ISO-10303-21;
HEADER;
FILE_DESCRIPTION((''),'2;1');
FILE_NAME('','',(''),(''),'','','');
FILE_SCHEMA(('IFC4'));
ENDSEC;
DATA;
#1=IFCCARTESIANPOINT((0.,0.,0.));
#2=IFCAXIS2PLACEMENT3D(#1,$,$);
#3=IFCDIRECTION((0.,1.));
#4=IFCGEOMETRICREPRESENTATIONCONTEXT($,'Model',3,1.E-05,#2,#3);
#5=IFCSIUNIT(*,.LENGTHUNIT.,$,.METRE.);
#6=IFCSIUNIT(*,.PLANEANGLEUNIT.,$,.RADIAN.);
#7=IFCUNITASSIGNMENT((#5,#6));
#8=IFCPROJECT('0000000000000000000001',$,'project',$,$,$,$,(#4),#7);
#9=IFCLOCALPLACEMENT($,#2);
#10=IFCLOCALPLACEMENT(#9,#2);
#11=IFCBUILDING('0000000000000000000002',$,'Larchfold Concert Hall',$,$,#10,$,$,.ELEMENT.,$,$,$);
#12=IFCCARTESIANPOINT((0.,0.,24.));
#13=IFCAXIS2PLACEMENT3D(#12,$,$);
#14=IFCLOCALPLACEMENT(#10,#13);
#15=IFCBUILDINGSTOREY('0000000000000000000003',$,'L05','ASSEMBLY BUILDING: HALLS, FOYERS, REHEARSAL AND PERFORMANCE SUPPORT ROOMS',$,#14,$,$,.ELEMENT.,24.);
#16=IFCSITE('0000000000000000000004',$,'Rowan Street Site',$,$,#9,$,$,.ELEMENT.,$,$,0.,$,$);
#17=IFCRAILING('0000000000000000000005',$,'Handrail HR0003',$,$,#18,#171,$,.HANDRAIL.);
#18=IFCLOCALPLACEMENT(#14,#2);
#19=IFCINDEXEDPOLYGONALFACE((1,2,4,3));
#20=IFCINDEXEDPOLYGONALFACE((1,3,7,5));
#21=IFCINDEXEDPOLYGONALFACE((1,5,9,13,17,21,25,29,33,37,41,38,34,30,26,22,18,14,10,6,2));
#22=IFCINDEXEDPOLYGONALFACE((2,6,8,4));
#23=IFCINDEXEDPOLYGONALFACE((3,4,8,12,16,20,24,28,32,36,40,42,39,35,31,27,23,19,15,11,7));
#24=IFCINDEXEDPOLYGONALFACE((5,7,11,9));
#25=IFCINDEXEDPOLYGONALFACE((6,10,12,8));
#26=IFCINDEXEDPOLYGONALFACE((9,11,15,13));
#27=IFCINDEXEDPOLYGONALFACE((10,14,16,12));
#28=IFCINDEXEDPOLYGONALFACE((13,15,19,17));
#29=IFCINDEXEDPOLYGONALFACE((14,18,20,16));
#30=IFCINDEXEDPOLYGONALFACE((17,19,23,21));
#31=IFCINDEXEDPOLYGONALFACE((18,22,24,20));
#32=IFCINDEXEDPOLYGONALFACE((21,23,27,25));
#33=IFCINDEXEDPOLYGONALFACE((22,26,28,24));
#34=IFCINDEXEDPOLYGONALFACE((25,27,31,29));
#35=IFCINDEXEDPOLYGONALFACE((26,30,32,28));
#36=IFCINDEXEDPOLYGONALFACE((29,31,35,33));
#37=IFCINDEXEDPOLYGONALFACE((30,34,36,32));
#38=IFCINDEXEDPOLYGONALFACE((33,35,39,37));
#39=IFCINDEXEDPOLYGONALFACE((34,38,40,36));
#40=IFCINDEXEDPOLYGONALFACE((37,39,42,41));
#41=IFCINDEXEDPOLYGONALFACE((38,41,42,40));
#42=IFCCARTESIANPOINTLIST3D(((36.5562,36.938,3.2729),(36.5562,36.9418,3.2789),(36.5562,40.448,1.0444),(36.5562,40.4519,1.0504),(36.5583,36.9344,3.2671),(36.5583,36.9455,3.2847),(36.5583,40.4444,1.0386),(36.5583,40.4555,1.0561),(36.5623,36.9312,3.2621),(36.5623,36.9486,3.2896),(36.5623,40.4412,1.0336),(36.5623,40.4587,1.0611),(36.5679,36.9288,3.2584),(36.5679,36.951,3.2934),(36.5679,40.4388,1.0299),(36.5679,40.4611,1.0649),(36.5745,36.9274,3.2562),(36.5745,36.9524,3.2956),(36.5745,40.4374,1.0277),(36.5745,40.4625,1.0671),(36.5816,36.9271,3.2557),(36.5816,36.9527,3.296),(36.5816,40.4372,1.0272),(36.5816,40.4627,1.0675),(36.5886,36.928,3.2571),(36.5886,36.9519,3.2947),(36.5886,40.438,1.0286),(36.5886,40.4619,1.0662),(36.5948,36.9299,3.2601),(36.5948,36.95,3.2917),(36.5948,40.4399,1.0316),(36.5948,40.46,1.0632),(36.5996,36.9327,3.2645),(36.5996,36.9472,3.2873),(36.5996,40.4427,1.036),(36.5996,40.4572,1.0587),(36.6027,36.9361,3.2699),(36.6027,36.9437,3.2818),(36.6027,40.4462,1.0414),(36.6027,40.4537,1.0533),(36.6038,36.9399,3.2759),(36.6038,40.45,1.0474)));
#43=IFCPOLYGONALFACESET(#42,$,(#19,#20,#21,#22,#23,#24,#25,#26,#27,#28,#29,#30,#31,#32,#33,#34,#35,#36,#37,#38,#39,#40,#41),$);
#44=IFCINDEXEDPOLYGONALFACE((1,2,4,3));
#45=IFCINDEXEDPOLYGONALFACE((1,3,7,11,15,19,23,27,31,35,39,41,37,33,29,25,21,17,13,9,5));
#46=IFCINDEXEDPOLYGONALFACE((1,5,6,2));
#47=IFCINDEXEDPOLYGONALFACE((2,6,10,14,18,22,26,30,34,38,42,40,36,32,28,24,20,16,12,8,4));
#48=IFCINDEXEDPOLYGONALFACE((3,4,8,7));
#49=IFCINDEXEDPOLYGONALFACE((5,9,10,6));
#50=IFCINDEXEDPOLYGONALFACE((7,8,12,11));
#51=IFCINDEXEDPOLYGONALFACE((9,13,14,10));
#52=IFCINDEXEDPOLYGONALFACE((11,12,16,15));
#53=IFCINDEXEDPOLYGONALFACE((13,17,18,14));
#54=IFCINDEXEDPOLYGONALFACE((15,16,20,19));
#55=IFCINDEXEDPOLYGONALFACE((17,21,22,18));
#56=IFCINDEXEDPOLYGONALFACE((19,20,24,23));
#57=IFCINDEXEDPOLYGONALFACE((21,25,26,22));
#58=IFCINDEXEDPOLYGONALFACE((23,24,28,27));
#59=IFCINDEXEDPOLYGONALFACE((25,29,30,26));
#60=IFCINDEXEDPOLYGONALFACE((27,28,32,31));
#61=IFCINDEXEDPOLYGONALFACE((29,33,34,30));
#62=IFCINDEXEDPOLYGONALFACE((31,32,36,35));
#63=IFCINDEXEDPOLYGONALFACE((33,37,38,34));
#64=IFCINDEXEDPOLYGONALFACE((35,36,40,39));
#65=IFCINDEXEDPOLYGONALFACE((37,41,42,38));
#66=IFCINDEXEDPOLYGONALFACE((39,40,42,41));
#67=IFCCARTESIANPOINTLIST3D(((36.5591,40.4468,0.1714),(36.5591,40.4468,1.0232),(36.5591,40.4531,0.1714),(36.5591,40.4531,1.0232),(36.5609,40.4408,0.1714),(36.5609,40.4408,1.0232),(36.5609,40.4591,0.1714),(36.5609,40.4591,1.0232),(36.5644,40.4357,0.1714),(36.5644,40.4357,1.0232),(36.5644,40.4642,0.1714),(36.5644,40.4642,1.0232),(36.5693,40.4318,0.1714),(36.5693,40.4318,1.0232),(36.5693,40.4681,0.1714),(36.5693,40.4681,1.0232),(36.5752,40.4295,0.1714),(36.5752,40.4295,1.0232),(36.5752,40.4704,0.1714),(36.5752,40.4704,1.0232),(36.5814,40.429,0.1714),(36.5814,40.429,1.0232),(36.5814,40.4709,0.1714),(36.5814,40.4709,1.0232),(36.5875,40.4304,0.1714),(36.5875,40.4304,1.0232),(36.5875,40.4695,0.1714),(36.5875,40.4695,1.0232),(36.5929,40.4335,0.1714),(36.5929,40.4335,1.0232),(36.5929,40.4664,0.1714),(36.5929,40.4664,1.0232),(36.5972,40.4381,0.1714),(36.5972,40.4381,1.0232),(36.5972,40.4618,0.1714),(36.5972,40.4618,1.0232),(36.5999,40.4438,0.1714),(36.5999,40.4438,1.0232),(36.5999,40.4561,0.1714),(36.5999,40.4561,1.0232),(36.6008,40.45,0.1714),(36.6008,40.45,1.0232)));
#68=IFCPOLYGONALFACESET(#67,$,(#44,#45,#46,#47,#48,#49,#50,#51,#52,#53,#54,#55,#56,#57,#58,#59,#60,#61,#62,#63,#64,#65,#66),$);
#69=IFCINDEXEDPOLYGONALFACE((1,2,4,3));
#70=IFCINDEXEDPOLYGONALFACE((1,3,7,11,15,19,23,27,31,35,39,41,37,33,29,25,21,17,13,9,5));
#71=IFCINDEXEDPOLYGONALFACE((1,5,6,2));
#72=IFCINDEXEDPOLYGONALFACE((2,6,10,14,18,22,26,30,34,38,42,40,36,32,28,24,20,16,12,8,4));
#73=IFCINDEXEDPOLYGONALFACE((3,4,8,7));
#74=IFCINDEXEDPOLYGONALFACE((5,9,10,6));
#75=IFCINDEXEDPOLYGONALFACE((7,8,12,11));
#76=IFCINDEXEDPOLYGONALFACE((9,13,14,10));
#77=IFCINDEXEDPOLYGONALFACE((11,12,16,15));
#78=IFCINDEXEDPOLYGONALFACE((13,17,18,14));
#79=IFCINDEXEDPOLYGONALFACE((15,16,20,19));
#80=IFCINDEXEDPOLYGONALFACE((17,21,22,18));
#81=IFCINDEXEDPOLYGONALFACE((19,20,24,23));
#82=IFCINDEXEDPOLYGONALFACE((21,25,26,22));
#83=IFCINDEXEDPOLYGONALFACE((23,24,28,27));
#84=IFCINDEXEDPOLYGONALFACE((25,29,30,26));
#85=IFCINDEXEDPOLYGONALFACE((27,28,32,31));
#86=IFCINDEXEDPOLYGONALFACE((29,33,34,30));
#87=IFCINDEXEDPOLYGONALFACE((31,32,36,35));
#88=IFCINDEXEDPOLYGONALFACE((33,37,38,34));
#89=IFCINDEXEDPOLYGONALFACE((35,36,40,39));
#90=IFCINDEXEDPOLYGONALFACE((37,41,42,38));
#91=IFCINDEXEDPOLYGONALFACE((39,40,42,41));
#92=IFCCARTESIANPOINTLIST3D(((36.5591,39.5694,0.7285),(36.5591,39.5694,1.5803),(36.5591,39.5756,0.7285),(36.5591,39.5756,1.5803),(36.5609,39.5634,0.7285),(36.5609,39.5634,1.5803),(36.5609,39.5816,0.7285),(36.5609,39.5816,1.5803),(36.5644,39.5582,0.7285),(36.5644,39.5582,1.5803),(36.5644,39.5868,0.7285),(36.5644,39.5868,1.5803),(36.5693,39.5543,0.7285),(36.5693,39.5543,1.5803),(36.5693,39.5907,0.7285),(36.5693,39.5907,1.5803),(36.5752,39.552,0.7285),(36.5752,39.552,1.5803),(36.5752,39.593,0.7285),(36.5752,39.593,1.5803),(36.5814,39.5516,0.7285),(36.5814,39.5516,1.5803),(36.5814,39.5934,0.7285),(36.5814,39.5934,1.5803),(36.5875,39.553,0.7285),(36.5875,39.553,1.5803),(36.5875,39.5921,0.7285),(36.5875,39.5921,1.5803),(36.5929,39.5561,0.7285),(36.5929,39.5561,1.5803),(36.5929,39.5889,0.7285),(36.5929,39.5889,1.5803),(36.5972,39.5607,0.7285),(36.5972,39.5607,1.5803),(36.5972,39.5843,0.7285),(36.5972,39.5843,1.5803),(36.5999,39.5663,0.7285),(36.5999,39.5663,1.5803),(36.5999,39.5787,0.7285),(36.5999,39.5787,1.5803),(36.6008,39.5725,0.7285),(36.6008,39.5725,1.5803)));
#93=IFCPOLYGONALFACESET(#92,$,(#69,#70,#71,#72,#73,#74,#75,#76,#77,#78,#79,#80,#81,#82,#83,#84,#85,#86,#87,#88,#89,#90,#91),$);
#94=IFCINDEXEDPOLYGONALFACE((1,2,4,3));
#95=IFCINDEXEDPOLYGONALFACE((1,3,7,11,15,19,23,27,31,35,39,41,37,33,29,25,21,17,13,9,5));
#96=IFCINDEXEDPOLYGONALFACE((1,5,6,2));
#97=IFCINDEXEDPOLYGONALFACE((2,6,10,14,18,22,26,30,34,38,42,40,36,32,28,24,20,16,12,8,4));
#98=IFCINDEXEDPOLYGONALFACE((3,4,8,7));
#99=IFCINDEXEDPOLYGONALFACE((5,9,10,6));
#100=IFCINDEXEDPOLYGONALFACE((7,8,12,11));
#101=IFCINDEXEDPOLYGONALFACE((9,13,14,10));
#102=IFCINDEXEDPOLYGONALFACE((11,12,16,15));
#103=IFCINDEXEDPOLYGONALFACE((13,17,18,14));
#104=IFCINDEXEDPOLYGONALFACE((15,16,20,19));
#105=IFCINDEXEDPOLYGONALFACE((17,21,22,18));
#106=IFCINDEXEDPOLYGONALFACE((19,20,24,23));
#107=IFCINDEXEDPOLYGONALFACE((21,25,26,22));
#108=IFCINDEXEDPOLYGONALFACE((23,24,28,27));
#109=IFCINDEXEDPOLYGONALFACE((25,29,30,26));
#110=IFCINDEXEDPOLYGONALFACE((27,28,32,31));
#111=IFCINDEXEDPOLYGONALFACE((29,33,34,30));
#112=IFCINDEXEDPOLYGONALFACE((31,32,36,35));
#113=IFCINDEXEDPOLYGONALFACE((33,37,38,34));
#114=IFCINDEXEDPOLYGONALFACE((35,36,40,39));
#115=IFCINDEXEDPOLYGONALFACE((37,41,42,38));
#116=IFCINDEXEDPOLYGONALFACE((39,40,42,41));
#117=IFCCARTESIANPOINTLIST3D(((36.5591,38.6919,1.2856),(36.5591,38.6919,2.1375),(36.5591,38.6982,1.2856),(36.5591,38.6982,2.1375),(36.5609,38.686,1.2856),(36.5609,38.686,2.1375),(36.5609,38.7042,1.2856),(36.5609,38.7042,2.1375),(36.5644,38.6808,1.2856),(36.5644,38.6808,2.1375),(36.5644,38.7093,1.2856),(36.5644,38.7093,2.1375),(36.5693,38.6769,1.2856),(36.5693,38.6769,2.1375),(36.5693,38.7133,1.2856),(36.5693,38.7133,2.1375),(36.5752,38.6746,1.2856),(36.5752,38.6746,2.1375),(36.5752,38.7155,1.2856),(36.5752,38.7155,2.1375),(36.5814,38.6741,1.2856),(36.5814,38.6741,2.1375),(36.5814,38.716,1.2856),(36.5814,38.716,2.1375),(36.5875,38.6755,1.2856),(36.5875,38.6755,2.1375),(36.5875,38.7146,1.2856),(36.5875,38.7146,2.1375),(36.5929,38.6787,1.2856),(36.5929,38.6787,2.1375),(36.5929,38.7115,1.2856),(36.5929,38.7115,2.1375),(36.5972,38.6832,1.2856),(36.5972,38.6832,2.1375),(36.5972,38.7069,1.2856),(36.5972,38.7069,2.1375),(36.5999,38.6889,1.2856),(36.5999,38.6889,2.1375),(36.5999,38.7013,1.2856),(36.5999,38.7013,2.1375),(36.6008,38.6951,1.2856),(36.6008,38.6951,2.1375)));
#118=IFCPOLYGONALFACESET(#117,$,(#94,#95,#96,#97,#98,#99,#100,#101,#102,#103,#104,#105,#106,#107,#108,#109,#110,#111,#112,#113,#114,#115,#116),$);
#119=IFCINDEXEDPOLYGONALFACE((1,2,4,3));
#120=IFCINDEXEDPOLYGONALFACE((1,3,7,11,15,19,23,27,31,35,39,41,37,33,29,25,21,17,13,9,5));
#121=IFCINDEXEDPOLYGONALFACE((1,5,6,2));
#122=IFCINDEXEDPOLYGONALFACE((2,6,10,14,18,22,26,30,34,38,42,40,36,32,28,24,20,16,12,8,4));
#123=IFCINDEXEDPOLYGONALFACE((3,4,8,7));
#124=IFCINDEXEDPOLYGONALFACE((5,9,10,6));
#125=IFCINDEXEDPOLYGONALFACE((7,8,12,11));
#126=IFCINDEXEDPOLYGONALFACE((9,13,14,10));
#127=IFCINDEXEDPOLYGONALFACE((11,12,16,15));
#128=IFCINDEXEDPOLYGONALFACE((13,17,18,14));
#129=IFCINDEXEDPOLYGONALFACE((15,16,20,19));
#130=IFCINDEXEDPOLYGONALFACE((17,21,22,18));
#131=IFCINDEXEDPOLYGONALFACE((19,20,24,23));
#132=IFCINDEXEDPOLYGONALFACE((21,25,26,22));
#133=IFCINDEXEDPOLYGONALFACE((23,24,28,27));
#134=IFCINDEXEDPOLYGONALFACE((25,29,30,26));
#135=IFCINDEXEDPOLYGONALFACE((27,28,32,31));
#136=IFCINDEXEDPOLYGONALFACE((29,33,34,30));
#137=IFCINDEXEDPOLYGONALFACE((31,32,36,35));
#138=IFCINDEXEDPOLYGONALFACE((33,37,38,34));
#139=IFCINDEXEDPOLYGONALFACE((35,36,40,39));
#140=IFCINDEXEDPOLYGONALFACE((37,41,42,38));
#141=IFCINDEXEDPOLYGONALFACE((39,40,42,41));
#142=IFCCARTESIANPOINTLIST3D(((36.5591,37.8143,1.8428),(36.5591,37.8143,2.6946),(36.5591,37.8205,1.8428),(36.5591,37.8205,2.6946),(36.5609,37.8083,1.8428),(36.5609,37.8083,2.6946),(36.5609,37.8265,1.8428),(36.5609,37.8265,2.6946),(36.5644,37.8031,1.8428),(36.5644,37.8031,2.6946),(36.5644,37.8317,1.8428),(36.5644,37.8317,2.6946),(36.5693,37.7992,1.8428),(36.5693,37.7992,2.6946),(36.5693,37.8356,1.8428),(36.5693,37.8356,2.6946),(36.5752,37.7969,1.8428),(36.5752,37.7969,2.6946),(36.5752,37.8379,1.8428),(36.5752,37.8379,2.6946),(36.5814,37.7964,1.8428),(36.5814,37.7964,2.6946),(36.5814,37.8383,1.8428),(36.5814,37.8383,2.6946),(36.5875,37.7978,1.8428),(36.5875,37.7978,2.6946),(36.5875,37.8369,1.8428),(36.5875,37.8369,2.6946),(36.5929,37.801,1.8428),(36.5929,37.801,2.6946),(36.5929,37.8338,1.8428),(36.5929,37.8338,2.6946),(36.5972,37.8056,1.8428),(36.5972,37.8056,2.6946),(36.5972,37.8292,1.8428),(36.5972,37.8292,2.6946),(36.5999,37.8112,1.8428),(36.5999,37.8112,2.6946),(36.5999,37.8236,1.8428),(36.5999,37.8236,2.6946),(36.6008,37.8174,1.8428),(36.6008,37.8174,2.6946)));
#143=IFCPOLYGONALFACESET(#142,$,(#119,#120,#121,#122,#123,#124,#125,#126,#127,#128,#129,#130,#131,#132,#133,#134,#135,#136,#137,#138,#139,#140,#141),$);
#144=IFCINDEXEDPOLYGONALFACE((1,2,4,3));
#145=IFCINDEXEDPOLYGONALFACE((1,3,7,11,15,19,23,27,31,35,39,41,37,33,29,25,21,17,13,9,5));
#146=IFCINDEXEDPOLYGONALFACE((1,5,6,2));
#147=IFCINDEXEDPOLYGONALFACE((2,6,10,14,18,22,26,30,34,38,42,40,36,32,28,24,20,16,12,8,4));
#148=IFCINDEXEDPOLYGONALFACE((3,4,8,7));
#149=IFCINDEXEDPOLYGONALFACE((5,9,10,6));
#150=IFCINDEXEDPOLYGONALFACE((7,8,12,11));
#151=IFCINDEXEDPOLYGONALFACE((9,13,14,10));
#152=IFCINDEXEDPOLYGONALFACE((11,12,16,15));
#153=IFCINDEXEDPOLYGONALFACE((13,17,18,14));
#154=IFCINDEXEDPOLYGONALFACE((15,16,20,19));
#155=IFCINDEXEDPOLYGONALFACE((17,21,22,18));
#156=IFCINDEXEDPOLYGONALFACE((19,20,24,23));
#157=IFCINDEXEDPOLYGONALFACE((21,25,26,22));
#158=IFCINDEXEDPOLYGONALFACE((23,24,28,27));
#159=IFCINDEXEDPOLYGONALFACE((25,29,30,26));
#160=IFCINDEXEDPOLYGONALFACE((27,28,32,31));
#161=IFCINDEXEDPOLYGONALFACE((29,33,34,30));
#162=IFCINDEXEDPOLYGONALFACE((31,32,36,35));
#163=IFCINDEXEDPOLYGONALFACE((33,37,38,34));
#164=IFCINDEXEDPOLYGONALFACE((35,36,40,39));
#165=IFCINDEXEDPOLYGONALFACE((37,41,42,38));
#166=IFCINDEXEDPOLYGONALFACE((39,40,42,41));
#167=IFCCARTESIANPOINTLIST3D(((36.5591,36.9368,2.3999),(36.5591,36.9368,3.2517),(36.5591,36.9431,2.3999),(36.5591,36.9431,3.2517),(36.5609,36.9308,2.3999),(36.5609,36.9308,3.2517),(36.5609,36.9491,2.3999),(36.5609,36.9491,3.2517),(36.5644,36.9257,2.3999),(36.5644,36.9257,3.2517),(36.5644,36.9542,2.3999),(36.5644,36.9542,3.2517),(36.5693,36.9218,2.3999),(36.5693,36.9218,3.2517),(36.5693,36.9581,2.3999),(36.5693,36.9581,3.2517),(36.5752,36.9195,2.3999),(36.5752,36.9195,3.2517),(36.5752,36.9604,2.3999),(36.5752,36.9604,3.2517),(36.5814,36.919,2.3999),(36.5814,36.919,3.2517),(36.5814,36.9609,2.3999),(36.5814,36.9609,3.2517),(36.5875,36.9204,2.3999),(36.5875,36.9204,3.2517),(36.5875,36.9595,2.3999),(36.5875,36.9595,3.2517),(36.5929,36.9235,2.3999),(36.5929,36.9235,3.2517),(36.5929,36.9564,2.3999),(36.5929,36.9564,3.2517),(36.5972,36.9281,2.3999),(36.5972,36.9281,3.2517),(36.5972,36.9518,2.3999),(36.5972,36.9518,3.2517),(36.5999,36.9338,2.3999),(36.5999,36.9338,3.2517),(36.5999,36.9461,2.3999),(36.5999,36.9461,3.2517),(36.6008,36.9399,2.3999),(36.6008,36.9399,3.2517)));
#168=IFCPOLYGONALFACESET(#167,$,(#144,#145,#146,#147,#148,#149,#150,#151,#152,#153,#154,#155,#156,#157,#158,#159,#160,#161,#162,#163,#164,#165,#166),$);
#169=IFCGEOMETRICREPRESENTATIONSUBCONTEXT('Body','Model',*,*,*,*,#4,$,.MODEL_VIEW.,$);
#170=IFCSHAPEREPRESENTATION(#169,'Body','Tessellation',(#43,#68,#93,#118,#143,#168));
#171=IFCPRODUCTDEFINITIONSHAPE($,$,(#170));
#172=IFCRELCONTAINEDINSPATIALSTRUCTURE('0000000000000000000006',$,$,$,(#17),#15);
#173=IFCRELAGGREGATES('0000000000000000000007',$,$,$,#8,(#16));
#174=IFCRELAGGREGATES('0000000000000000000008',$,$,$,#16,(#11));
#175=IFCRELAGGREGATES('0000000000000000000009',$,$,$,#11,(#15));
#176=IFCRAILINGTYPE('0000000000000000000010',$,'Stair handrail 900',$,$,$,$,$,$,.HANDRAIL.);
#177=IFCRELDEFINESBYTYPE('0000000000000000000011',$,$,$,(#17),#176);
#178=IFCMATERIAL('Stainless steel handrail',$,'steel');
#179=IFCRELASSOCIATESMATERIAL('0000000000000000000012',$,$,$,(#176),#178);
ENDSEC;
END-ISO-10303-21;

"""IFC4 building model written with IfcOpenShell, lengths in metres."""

from ifc_helpers import new_model, si_unit, direction, frame, origin, origin_2d, place, context, subcontext, project, spatial, circle, extrude, material, type_object, element, save


model = new_model("IFC4")

# Units and contexts
model_context = context("Model", 3, precision=1e-05, world=origin(), true_north=direction((0.0, 1.0)))
body_context = subcontext(model_context, "Body", "Model", "MODEL_VIEW")
ifc_project = project(units=[si_unit("LENGTHUNIT", "METRE"), si_unit("PLANEANGLEUNIT", "RADIAN")], contexts=[model_context])

# Site, building, storey
site_placement = place(None, origin())
site = spatial("IfcSite", under=ifc_project, at=site_placement, Name="Rowan Street Site", CompositionType="ELEMENT", RefElevation=0.0)
building_placement = place(site_placement, origin())
building = spatial("IfcBuilding", under=site, at=building_placement, Name="Larchfold Concert Hall", CompositionType="ELEMENT")
storey_placement = place(building_placement, frame((0.0, 0.0, 24.0)))
storey = spatial("IfcBuildingStorey", under=building, at=storey_placement, Name="L05", Description="ASSEMBLY BUILDING: HALLS, FOYERS, REHEARSAL AND PERFORMANCE SUPPORT ROOMS", CompositionType="ELEMENT", Elevation=24.0)

# Railing
ifc_material_1 = material(Name="Stainless steel handrail", Category="steel")
railing_type_1 = type_object("IfcRailingType", Name="Stair handrail 900", PredefinedType="HANDRAIL", material=ifc_material_1)
for number, where, name in (
    (1, (36.5798, 40.45, 0.1714), "Handrail HR0003"),
):
    element("IfcRailing", number, at=place(storey_placement, frame(where)), inside=storey, type_object=railing_type_1, Name=name, PredefinedType="HANDRAIL", context=body_context, shape_type="SweptSolid", body=[
        extrude(circle(Radius=0.0239, at=origin_2d()), frame((0.0, 0.0, 0.876), z_axis=(0.0, -0.84422, 0.535998), x_axis=(1.0, 0.0, 0.0)), (0.0, 0.0, 1.0), 4.1577),
        extrude(circle(Radius=0.021, at=origin_2d()), origin(), (0.0, 0.0, 1.0), 0.8518),
        extrude(circle(Radius=0.021, at=origin_2d()), frame((0.0, -0.8774, 0.5571)), (0.0, 0.0, 1.0), 0.8518),
        extrude(circle(Radius=0.021, at=origin_2d()), frame((0.0, -1.7549, 1.1143)), (0.0, 0.0, 1.0), 0.8518),
        extrude(circle(Radius=0.021, at=origin_2d()), frame((0.0, -2.6326, 1.6714)), (0.0, 0.0, 1.0), 0.8518),
        extrude(circle(Radius=0.021, at=origin_2d()), frame((0.0, -3.51, 2.2285)), (0.0, 0.0, 1.0), 0.8518),
    ])

save(model, "model.ifc")
